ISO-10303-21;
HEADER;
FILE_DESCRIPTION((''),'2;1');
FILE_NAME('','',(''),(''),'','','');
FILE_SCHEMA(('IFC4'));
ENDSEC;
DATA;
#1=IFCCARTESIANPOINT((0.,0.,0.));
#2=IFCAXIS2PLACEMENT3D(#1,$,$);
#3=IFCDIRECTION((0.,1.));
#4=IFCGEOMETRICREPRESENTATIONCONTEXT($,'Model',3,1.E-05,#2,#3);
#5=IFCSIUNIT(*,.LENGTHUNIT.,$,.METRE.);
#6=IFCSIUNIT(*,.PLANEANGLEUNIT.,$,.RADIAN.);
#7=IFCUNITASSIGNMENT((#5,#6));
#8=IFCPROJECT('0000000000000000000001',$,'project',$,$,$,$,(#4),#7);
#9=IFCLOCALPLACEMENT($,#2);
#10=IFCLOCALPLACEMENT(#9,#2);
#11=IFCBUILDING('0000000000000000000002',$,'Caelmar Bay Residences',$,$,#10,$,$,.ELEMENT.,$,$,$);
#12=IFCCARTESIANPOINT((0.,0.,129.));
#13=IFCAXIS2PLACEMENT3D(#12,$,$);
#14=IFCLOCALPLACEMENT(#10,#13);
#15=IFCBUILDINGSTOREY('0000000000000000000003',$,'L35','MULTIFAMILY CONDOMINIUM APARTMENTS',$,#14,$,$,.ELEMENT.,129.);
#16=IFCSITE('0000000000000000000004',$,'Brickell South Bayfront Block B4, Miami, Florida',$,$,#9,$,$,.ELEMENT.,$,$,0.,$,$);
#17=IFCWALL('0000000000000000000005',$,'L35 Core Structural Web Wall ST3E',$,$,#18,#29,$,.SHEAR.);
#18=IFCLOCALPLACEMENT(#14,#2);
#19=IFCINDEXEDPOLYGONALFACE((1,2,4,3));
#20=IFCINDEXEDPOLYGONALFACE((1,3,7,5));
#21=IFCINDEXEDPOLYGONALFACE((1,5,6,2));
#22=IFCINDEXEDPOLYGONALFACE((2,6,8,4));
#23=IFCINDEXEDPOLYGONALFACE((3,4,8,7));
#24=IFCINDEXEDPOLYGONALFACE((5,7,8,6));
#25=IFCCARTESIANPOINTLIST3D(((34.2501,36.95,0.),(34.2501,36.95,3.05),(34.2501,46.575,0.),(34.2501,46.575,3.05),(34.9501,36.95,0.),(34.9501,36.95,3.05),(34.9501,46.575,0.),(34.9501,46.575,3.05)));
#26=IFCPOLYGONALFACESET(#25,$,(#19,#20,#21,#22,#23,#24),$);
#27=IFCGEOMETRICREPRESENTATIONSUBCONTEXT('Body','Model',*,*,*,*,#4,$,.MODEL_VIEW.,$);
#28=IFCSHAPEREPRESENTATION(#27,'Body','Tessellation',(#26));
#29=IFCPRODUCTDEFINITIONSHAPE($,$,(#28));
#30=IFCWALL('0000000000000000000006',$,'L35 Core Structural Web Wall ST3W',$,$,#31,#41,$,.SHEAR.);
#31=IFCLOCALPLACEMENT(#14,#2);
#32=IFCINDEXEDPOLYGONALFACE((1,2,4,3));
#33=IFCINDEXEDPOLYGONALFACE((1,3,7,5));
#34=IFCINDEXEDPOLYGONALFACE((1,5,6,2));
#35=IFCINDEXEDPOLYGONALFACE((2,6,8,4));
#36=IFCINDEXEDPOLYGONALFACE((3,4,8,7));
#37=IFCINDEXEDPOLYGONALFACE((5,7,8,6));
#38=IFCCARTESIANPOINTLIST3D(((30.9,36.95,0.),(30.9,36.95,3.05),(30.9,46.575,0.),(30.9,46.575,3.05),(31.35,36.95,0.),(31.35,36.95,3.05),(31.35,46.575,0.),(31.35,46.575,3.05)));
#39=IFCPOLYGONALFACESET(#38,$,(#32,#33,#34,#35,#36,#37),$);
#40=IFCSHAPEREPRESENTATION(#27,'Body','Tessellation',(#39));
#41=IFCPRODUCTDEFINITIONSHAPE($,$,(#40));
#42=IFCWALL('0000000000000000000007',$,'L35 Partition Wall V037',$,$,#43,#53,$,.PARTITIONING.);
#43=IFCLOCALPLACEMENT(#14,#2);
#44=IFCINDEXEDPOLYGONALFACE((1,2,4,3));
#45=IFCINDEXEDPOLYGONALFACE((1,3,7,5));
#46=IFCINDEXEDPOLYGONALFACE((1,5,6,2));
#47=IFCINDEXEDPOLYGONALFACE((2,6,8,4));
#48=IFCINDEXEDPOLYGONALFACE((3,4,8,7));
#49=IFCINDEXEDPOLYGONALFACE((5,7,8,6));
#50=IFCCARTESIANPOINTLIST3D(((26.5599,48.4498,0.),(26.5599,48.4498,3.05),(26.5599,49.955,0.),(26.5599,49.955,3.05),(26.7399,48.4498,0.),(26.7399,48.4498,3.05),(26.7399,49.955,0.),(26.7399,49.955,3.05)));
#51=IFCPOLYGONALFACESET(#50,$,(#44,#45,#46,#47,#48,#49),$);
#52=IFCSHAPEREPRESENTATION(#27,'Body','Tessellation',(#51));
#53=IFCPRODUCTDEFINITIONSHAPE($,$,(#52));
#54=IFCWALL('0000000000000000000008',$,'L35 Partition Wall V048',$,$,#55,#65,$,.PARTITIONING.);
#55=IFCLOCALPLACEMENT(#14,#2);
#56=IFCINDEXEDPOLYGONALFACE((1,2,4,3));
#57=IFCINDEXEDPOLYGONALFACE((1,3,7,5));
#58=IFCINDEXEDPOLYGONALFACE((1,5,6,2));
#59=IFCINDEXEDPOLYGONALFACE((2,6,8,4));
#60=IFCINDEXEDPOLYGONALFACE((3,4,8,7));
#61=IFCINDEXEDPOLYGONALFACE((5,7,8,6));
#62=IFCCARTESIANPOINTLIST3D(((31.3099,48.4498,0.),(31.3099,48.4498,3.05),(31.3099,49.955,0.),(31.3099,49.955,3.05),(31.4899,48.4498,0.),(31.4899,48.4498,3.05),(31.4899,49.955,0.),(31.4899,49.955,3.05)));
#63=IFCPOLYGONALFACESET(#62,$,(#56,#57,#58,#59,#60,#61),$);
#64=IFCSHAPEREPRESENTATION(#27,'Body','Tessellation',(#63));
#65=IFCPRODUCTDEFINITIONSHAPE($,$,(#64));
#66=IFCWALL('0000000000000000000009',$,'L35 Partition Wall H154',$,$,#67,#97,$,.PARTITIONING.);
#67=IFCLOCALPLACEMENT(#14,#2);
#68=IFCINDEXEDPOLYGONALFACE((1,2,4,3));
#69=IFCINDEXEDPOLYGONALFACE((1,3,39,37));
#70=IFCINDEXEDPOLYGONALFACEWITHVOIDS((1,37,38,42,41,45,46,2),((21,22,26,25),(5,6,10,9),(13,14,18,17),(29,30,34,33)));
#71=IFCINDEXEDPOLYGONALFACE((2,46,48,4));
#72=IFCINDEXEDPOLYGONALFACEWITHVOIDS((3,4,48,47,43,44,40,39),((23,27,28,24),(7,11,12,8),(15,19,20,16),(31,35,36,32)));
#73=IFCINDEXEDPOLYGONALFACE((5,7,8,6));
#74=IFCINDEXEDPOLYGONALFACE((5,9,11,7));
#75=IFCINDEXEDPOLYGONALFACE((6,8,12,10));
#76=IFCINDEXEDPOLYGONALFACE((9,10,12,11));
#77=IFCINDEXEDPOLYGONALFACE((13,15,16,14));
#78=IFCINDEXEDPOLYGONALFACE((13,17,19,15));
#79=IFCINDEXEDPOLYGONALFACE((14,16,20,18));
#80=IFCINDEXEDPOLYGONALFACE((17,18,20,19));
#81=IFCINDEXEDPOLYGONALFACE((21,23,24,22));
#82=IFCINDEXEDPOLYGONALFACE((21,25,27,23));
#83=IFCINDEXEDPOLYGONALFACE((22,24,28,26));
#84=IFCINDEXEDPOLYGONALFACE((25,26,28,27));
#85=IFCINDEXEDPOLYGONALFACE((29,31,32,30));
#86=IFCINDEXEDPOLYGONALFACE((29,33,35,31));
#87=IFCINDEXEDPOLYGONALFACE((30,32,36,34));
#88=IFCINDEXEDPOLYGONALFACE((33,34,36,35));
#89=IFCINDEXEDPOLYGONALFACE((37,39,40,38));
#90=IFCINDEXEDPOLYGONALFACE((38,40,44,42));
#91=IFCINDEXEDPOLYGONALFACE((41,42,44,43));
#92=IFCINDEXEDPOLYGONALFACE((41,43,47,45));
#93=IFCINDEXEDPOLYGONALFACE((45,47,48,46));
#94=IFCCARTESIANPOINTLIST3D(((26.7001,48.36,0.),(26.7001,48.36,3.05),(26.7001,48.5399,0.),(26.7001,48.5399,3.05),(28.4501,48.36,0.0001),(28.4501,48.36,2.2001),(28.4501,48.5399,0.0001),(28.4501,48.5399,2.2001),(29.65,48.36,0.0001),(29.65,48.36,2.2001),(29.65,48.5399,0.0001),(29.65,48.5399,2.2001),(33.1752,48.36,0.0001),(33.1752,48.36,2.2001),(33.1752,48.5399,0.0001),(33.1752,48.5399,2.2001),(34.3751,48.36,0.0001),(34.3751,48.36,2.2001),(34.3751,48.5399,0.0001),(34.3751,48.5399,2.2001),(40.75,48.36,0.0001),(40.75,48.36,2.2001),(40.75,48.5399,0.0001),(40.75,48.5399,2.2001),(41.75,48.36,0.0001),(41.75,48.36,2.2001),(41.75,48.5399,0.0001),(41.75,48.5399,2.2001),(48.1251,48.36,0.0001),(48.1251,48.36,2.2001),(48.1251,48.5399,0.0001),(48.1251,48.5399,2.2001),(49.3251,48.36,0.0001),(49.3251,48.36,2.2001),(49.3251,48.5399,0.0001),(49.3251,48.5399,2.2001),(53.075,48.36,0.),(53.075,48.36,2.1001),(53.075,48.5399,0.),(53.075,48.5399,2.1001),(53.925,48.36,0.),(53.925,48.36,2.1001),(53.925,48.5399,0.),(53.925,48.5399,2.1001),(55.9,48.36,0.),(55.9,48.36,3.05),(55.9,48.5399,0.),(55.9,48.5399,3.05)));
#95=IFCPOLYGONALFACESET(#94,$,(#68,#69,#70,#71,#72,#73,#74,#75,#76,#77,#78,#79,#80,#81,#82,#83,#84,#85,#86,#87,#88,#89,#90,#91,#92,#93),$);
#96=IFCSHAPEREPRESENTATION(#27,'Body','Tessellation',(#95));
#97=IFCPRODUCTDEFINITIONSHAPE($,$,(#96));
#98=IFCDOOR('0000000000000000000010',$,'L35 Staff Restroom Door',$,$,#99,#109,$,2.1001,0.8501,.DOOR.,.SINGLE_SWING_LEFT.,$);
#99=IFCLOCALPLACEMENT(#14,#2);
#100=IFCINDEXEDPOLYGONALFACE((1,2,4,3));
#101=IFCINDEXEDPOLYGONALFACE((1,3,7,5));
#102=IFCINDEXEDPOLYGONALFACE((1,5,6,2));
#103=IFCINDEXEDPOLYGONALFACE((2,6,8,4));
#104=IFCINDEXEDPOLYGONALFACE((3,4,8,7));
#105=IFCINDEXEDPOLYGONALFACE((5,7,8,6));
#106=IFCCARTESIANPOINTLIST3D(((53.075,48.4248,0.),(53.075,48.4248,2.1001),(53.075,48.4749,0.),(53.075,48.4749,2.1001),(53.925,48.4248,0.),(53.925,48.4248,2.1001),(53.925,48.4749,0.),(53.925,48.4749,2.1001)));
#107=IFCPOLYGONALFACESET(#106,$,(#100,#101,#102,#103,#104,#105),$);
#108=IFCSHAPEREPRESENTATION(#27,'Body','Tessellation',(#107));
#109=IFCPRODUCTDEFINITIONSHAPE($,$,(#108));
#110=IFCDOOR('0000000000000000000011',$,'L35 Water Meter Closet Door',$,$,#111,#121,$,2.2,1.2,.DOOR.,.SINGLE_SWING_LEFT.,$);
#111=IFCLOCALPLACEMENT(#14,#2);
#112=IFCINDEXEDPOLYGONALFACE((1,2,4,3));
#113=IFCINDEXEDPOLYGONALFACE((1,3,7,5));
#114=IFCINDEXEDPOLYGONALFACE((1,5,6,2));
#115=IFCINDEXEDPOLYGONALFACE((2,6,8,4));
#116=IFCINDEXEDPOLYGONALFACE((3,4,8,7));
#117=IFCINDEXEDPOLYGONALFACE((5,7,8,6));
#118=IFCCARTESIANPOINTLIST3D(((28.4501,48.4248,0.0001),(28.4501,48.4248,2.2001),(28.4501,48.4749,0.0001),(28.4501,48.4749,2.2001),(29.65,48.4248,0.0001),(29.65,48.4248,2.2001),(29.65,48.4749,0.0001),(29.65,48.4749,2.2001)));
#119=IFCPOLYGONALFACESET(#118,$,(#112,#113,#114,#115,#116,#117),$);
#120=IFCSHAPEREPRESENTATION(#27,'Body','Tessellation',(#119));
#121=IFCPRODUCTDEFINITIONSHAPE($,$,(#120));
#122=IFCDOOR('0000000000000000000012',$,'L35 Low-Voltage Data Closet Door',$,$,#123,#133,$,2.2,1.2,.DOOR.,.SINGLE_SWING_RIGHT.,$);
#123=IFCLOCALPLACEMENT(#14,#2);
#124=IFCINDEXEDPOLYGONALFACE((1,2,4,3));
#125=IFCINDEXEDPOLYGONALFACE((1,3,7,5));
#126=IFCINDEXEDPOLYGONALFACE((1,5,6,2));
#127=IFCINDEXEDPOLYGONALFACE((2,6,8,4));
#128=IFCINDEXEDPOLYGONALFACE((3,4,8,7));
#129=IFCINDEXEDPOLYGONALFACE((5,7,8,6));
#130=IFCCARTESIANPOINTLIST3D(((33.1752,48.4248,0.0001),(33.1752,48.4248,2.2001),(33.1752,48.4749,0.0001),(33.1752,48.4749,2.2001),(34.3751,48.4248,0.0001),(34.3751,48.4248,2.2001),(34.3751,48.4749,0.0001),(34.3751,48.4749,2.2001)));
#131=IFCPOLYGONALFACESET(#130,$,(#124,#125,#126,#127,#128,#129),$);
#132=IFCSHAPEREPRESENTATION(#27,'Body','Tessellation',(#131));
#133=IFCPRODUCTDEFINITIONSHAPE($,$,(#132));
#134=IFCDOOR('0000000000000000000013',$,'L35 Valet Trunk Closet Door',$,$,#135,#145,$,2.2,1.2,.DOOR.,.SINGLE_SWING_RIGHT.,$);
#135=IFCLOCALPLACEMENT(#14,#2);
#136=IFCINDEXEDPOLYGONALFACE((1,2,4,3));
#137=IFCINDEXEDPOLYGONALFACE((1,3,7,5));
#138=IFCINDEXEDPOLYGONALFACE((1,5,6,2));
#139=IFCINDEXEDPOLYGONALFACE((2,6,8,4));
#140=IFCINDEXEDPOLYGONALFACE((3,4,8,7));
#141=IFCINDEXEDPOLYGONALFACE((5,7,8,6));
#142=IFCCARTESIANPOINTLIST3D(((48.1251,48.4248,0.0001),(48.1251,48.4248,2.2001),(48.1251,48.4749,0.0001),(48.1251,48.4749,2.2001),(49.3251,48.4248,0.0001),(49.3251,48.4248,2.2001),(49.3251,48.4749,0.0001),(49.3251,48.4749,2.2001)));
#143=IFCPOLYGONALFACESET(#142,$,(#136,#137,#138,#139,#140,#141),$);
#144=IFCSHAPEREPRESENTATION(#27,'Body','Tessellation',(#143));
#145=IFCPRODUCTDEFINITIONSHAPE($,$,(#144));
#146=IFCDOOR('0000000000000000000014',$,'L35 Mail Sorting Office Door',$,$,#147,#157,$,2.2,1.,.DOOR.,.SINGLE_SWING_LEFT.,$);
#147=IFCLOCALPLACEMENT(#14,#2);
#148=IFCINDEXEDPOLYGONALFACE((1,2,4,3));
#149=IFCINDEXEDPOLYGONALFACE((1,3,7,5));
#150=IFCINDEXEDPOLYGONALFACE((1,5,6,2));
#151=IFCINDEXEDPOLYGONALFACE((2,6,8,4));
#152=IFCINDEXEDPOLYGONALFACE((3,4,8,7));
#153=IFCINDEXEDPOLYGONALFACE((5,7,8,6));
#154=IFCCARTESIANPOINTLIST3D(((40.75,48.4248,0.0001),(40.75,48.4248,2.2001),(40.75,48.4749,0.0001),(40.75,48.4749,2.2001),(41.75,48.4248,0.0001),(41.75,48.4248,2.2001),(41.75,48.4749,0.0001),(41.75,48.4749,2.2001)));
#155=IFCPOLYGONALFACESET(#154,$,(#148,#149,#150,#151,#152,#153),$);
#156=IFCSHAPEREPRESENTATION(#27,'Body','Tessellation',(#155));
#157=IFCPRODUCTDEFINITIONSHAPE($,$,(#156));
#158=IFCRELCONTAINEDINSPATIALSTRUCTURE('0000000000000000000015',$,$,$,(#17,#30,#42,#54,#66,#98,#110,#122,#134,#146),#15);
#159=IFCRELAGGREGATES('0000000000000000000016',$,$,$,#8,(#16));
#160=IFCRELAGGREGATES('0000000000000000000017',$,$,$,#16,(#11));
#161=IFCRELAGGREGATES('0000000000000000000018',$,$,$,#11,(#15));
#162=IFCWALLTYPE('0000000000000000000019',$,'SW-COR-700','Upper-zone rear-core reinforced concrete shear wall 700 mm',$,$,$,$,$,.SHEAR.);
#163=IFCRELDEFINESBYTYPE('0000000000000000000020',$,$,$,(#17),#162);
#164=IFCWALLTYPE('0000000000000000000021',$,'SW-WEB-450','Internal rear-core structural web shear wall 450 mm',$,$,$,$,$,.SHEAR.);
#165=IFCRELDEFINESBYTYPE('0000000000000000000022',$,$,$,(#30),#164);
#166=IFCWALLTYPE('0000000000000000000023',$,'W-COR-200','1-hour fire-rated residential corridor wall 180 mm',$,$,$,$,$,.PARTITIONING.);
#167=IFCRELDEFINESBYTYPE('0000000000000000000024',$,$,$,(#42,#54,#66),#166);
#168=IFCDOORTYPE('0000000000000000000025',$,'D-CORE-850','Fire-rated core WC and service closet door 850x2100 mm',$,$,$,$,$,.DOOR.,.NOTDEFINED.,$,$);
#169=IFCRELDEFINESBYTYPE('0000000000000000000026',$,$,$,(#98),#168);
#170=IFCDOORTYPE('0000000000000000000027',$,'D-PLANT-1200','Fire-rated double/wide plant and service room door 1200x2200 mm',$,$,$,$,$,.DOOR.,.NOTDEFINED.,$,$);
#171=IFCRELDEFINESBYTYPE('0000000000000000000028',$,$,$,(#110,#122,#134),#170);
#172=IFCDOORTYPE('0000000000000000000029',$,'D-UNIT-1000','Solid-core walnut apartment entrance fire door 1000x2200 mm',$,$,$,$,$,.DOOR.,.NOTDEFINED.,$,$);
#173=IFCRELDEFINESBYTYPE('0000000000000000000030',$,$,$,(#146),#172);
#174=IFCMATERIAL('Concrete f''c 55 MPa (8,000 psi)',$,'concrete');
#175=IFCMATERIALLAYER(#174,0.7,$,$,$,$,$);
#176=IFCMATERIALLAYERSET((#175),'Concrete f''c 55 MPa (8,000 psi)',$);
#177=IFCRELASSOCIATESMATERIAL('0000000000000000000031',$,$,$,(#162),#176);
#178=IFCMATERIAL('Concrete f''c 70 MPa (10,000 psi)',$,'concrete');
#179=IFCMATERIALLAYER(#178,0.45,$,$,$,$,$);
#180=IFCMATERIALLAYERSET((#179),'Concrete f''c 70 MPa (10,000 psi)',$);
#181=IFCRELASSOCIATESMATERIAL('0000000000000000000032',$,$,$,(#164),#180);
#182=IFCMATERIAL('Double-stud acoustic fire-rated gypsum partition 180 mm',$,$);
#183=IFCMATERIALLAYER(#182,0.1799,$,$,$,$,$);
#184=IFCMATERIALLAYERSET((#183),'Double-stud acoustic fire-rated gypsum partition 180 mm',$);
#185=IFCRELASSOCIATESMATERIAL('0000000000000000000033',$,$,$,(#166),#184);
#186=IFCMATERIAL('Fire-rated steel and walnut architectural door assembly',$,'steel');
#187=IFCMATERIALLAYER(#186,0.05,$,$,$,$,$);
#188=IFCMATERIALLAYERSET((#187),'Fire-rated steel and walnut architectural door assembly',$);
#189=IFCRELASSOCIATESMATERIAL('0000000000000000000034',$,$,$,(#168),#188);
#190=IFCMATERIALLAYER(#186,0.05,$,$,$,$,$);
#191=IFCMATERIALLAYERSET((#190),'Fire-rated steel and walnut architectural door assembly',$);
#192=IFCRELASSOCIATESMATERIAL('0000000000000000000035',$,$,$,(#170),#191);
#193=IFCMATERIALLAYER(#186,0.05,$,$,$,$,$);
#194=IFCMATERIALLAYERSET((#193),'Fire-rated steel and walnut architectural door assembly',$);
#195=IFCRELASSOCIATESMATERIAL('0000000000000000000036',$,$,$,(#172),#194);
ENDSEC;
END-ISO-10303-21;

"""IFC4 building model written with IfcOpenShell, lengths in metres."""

from ifc_helpers import new_model, si_unit, direction, frame, frame_2d, origin, place, context, subcontext, project, spatial, rectangle, extrude, material, layer, layer_set, type_object, element, fill, save


model = new_model("IFC4")

# Units and contexts
model_context = context("Model", 3, precision=1e-05, world=origin(), true_north=direction((0.0, 1.0)))
body_context = subcontext(model_context, "Body", "Model", "MODEL_VIEW")
ifc_project = project(units=[si_unit("LENGTHUNIT", "METRE"), si_unit("PLANEANGLEUNIT", "RADIAN")], contexts=[model_context])

# Site, building, storey
site_placement = place(None, origin())
site = spatial("IfcSite", under=ifc_project, at=site_placement, Name="Brickell South Bayfront Block B4, Miami, Florida", CompositionType="ELEMENT", RefElevation=0.0)
building_placement = place(site_placement, origin())
building = spatial("IfcBuilding", under=site, at=building_placement, Name="Caelmar Bay Residences", CompositionType="ELEMENT")
storey_placement = place(building_placement, frame((0.0, 0.0, 129.0)))
storey = spatial("IfcBuildingStorey", under=building, at=storey_placement, Name="L35", Description="MULTIFAMILY CONDOMINIUM APARTMENTS", CompositionType="ELEMENT", Elevation=129.0)

# Walls
ifc_material_1 = material(Name="Concrete f'c 55 MPa (8,000 psi)", Category="concrete")
ifc_layer_1 = layer(ifc_material_1, 0.7)
ifc_layer_set_1 = layer_set([ifc_layer_1], Name="Concrete f'c 55 MPa (8,000 psi)")
wall_type_1 = type_object("IfcWallType", Name="SW-COR-700", Description="Upper-zone rear-core reinforced concrete shear wall 700 mm", PredefinedType="SHEAR", material=ifc_layer_set_1)
wall_1_placement = place(storey_placement, frame((34.6001, 36.95, 0.0), z_axis=(0.0, 0.0, 1.0), x_axis=(0.0, 1.0, 0.0)))
element("IfcWall", 1, at=wall_1_placement, inside=storey, type_object=wall_type_1, Name="L35 Core Structural Web Wall ST3E", PredefinedType="SHEAR", context=body_context, shape_type="SweptSolid", body=[
    extrude(rectangle(XDim=9.625, YDim=0.7, at=frame_2d((4.8125, 0.0))), origin(), (0.0, 0.0, 1.0), 3.05),
])
ifc_material_2 = material(Name="Concrete f'c 70 MPa (10,000 psi)", Category="concrete")
ifc_layer_2 = layer(ifc_material_2, 0.45)
ifc_layer_set_2 = layer_set([ifc_layer_2], Name="Concrete f'c 70 MPa (10,000 psi)")
wall_type_2 = type_object("IfcWallType", Name="SW-WEB-450", Description="Internal rear-core structural web shear wall 450 mm", PredefinedType="SHEAR", material=ifc_layer_set_2)
wall_2_placement = place(storey_placement, frame((31.125, 36.95, 0.0), z_axis=(0.0, 0.0, 1.0), x_axis=(0.0, 1.0, 0.0)))
element("IfcWall", 2, at=wall_2_placement, inside=storey, type_object=wall_type_2, Name="L35 Core Structural Web Wall ST3W", PredefinedType="SHEAR", context=body_context, shape_type="SweptSolid", body=[
    extrude(rectangle(XDim=9.625, YDim=0.45, at=frame_2d((4.8125, 0.0))), origin(), (0.0, 0.0, 1.0), 3.05),
])
ifc_material_3 = material(Name="Double-stud acoustic fire-rated gypsum partition 180 mm")
ifc_layer_3 = layer(ifc_material_3, 0.1799)
ifc_layer_set_3 = layer_set([ifc_layer_3], Name="Double-stud acoustic fire-rated gypsum partition 180 mm")
wall_type_3 = type_object("IfcWallType", Name="W-COR-200", Description="1-hour fire-rated residential corridor wall 180 mm", PredefinedType="PARTITIONING", material=ifc_layer_set_3)
for number, where, z_axis, x_axis, name in (
    (3, (26.6499, 48.45, 0.0), (0.0, 0.0, 1.0), (0.0, 1.0, 0.0), "L35 Partition Wall V037"),
    (4, (31.3999, 48.45, 0.0), (0.0, 0.0, 1.0), (0.0, 1.0, 0.0), "L35 Partition Wall V048"),
):
    element("IfcWall", number, at=place(storey_placement, frame(where, z_axis=z_axis, x_axis=x_axis)), inside=storey, type_object=wall_type_3, Name=name, PredefinedType="PARTITIONING", context=body_context, shape_type="SweptSolid", body=[
        extrude(rectangle(XDim=1.5051, YDim=0.1799, at=frame_2d((0.7524, 0.0))), origin(), (0.0, 0.0, 1.0), 3.05),
    ])

# Wall, openings, doors
wall_3_placement = place(storey_placement, frame((26.7, 48.45, 0.0), z_axis=(0.0, 0.0, 1.0), x_axis=(1.0, 0.0, 0.0)))
wall_3 = element("IfcWall", 5, at=wall_3_placement, inside=storey, type_object=wall_type_3, Name="L35 Partition Wall H154", PredefinedType="PARTITIONING", context=body_context, shape_type="SweptSolid", body=[
    extrude(rectangle(XDim=29.2, YDim=0.1799, at=frame_2d((14.6001, 0.0))), origin(), (0.0, 0.0, 1.0), 3.05),
])
opening_1_placement = place(wall_3_placement, frame((1.75, 0.0, 0.0)))
opening_1 = element("IfcOpeningElement", 6, at=opening_1_placement, cuts=wall_3, PredefinedType="OPENING", context=body_context, shape_type="SweptSolid", body=[
    extrude(rectangle(XDim=1.2, YDim=2.2, at=frame_2d((0.6001, 1.1001))), frame((0.0, 0.0999, 0.0), z_axis=(0.0, -1.0, 0.0), x_axis=(1.0, 0.0, 0.0)), (0.0, 0.0, 1.0), 0.2),
])
opening_2_placement = place(wall_3_placement, frame((6.4751, 0.0, 0.0)))
opening_2 = element("IfcOpeningElement", 7, at=opening_2_placement, cuts=wall_3, PredefinedType="OPENING", context=body_context, shape_type="SweptSolid", body=[
    extrude(rectangle(XDim=1.2, YDim=2.2, at=frame_2d((0.6001, 1.1001))), frame((0.0, 0.0999, 0.0), z_axis=(0.0, -1.0, 0.0), x_axis=(1.0, 0.0, 0.0)), (0.0, 0.0, 1.0), 0.2),
])
opening_3_placement = place(wall_3_placement, frame((14.05, 0.0, 0.0)))
opening_3 = element("IfcOpeningElement", 8, at=opening_3_placement, cuts=wall_3, PredefinedType="OPENING", context=body_context, shape_type="SweptSolid", body=[
    extrude(rectangle(XDim=1.0, YDim=2.2, at=frame_2d((0.5, 1.1001))), frame((0.0, 0.0999, 0.0), z_axis=(0.0, -1.0, 0.0), x_axis=(1.0, 0.0, 0.0)), (0.0, 0.0, 1.0), 0.2),
])
opening_4_placement = place(wall_3_placement, frame((21.425, 0.0, 0.0)))
opening_4 = element("IfcOpeningElement", 9, at=opening_4_placement, cuts=wall_3, PredefinedType="OPENING", context=body_context, shape_type="SweptSolid", body=[
    extrude(rectangle(XDim=1.2, YDim=2.2, at=frame_2d((0.6001, 1.1001))), frame((0.0, 0.0999, 0.0), z_axis=(0.0, -1.0, 0.0), x_axis=(1.0, 0.0, 0.0)), (0.0, 0.0, 1.0), 0.2),
])
opening_5_placement = place(wall_3_placement, frame((26.375, 0.0, 0.0)))
opening_5 = element("IfcOpeningElement", 10, at=opening_5_placement, cuts=wall_3, PredefinedType="OPENING", context=body_context, shape_type="SweptSolid", body=[
    extrude(rectangle(XDim=0.8501, YDim=2.1001, at=frame_2d((0.425, 1.05))), frame((0.0, 0.0999, 0.0), z_axis=(0.0, -1.0, 0.0), x_axis=(1.0, 0.0, 0.0)), (0.0, 0.0, 1.0), 0.2),
])
ifc_material_4 = material(Name="Fire-rated steel and walnut architectural door assembly", Category="steel")
ifc_layer_4 = layer(ifc_material_4, 0.05)
ifc_layer_set_4 = layer_set([ifc_layer_4], Name="Fire-rated steel and walnut architectural door assembly")
door_type_1 = type_object("IfcDoorType", Name="D-CORE-850", Description="Fire-rated core WC and service closet door 850x2100 mm", OperationType="NOTDEFINED", PredefinedType="DOOR", material=ifc_layer_set_4)
door_1_placement = place(opening_5_placement, origin())
door_1 = element("IfcDoor", 11, at=door_1_placement, inside=storey, type_object=door_type_1, Name="L35 Staff Restroom Door", OperationType="SINGLE_SWING_LEFT", OverallHeight=2.1001, OverallWidth=0.8501, PredefinedType="DOOR", context=body_context, shape_type="SweptSolid", body=[
    extrude(rectangle(XDim=0.8501, YDim=2.1001, at=frame_2d((0.425, 1.05))), frame((0.0, 0.0249, 0.0), z_axis=(0.0, -1.0, 0.0), x_axis=(1.0, 0.0, 0.0)), (0.0, 0.0, 1.0), 0.05),
])
fill(opening_5, door_1)
ifc_layer_5 = layer(ifc_material_4, 0.05)
ifc_layer_set_5 = layer_set([ifc_layer_5], Name="Fire-rated steel and walnut architectural door assembly")
door_type_2 = type_object("IfcDoorType", Name="D-PLANT-1200", Description="Fire-rated double/wide plant and service room door 1200x2200 mm", OperationType="NOTDEFINED", PredefinedType="DOOR", material=ifc_layer_set_5)
door_2_placement = place(opening_1_placement, origin())
door_2 = element("IfcDoor", 12, at=door_2_placement, inside=storey, type_object=door_type_2, Name="L35 Water Meter Closet Door", OperationType="SINGLE_SWING_LEFT", OverallHeight=2.2, OverallWidth=1.2, PredefinedType="DOOR", context=body_context, shape_type="SweptSolid", body=[
    extrude(rectangle(XDim=1.2, YDim=2.2, at=frame_2d((0.6001, 1.1001))), frame((0.0, 0.0249, 0.0), z_axis=(0.0, -1.0, 0.0), x_axis=(1.0, 0.0, 0.0)), (0.0, 0.0, 1.0), 0.05),
])
fill(opening_1, door_2)
door_3_placement = place(opening_2_placement, origin())
door_3 = element("IfcDoor", 13, at=door_3_placement, inside=storey, type_object=door_type_2, Name="L35 Low-Voltage Data Closet Door", OperationType="SINGLE_SWING_RIGHT", OverallHeight=2.2, OverallWidth=1.2, PredefinedType="DOOR", context=body_context, shape_type="SweptSolid", body=[
    extrude(rectangle(XDim=1.2, YDim=2.2, at=frame_2d((0.6001, 1.1001))), frame((0.0, 0.0249, 0.0), z_axis=(0.0, -1.0, 0.0), x_axis=(1.0, 0.0, 0.0)), (0.0, 0.0, 1.0), 0.05),
])
fill(opening_2, door_3)
door_4_placement = place(opening_4_placement, origin())
door_4 = element("IfcDoor", 14, at=door_4_placement, inside=storey, type_object=door_type_2, Name="L35 Valet Trunk Closet Door", OperationType="SINGLE_SWING_RIGHT", OverallHeight=2.2, OverallWidth=1.2, PredefinedType="DOOR", context=body_context, shape_type="SweptSolid", body=[
    extrude(rectangle(XDim=1.2, YDim=2.2, at=frame_2d((0.6001, 1.1001))), frame((0.0, 0.0249, 0.0), z_axis=(0.0, -1.0, 0.0), x_axis=(1.0, 0.0, 0.0)), (0.0, 0.0, 1.0), 0.05),
])
fill(opening_4, door_4)
ifc_layer_6 = layer(ifc_material_4, 0.05)
ifc_layer_set_6 = layer_set([ifc_layer_6], Name="Fire-rated steel and walnut architectural door assembly")
door_type_3 = type_object("IfcDoorType", Name="D-UNIT-1000", Description="Solid-core walnut apartment entrance fire door 1000x2200 mm", OperationType="NOTDEFINED", PredefinedType="DOOR", material=ifc_layer_set_6)
door_5_placement = place(opening_3_placement, origin())
door_5 = element("IfcDoor", 15, at=door_5_placement, inside=storey, type_object=door_type_3, Name="L35 Mail Sorting Office Door", OperationType="SINGLE_SWING_LEFT", OverallHeight=2.2, OverallWidth=1.0, PredefinedType="DOOR", context=body_context, shape_type="SweptSolid", body=[
    extrude(rectangle(XDim=1.0, YDim=2.2, at=frame_2d((0.5, 1.1001))), frame((0.0, 0.0249, 0.0), z_axis=(0.0, -1.0, 0.0), x_axis=(1.0, 0.0, 0.0)), (0.0, 0.0, 1.0), 0.05),
])
fill(opening_3, door_5)

save(model, "model.ifc")
